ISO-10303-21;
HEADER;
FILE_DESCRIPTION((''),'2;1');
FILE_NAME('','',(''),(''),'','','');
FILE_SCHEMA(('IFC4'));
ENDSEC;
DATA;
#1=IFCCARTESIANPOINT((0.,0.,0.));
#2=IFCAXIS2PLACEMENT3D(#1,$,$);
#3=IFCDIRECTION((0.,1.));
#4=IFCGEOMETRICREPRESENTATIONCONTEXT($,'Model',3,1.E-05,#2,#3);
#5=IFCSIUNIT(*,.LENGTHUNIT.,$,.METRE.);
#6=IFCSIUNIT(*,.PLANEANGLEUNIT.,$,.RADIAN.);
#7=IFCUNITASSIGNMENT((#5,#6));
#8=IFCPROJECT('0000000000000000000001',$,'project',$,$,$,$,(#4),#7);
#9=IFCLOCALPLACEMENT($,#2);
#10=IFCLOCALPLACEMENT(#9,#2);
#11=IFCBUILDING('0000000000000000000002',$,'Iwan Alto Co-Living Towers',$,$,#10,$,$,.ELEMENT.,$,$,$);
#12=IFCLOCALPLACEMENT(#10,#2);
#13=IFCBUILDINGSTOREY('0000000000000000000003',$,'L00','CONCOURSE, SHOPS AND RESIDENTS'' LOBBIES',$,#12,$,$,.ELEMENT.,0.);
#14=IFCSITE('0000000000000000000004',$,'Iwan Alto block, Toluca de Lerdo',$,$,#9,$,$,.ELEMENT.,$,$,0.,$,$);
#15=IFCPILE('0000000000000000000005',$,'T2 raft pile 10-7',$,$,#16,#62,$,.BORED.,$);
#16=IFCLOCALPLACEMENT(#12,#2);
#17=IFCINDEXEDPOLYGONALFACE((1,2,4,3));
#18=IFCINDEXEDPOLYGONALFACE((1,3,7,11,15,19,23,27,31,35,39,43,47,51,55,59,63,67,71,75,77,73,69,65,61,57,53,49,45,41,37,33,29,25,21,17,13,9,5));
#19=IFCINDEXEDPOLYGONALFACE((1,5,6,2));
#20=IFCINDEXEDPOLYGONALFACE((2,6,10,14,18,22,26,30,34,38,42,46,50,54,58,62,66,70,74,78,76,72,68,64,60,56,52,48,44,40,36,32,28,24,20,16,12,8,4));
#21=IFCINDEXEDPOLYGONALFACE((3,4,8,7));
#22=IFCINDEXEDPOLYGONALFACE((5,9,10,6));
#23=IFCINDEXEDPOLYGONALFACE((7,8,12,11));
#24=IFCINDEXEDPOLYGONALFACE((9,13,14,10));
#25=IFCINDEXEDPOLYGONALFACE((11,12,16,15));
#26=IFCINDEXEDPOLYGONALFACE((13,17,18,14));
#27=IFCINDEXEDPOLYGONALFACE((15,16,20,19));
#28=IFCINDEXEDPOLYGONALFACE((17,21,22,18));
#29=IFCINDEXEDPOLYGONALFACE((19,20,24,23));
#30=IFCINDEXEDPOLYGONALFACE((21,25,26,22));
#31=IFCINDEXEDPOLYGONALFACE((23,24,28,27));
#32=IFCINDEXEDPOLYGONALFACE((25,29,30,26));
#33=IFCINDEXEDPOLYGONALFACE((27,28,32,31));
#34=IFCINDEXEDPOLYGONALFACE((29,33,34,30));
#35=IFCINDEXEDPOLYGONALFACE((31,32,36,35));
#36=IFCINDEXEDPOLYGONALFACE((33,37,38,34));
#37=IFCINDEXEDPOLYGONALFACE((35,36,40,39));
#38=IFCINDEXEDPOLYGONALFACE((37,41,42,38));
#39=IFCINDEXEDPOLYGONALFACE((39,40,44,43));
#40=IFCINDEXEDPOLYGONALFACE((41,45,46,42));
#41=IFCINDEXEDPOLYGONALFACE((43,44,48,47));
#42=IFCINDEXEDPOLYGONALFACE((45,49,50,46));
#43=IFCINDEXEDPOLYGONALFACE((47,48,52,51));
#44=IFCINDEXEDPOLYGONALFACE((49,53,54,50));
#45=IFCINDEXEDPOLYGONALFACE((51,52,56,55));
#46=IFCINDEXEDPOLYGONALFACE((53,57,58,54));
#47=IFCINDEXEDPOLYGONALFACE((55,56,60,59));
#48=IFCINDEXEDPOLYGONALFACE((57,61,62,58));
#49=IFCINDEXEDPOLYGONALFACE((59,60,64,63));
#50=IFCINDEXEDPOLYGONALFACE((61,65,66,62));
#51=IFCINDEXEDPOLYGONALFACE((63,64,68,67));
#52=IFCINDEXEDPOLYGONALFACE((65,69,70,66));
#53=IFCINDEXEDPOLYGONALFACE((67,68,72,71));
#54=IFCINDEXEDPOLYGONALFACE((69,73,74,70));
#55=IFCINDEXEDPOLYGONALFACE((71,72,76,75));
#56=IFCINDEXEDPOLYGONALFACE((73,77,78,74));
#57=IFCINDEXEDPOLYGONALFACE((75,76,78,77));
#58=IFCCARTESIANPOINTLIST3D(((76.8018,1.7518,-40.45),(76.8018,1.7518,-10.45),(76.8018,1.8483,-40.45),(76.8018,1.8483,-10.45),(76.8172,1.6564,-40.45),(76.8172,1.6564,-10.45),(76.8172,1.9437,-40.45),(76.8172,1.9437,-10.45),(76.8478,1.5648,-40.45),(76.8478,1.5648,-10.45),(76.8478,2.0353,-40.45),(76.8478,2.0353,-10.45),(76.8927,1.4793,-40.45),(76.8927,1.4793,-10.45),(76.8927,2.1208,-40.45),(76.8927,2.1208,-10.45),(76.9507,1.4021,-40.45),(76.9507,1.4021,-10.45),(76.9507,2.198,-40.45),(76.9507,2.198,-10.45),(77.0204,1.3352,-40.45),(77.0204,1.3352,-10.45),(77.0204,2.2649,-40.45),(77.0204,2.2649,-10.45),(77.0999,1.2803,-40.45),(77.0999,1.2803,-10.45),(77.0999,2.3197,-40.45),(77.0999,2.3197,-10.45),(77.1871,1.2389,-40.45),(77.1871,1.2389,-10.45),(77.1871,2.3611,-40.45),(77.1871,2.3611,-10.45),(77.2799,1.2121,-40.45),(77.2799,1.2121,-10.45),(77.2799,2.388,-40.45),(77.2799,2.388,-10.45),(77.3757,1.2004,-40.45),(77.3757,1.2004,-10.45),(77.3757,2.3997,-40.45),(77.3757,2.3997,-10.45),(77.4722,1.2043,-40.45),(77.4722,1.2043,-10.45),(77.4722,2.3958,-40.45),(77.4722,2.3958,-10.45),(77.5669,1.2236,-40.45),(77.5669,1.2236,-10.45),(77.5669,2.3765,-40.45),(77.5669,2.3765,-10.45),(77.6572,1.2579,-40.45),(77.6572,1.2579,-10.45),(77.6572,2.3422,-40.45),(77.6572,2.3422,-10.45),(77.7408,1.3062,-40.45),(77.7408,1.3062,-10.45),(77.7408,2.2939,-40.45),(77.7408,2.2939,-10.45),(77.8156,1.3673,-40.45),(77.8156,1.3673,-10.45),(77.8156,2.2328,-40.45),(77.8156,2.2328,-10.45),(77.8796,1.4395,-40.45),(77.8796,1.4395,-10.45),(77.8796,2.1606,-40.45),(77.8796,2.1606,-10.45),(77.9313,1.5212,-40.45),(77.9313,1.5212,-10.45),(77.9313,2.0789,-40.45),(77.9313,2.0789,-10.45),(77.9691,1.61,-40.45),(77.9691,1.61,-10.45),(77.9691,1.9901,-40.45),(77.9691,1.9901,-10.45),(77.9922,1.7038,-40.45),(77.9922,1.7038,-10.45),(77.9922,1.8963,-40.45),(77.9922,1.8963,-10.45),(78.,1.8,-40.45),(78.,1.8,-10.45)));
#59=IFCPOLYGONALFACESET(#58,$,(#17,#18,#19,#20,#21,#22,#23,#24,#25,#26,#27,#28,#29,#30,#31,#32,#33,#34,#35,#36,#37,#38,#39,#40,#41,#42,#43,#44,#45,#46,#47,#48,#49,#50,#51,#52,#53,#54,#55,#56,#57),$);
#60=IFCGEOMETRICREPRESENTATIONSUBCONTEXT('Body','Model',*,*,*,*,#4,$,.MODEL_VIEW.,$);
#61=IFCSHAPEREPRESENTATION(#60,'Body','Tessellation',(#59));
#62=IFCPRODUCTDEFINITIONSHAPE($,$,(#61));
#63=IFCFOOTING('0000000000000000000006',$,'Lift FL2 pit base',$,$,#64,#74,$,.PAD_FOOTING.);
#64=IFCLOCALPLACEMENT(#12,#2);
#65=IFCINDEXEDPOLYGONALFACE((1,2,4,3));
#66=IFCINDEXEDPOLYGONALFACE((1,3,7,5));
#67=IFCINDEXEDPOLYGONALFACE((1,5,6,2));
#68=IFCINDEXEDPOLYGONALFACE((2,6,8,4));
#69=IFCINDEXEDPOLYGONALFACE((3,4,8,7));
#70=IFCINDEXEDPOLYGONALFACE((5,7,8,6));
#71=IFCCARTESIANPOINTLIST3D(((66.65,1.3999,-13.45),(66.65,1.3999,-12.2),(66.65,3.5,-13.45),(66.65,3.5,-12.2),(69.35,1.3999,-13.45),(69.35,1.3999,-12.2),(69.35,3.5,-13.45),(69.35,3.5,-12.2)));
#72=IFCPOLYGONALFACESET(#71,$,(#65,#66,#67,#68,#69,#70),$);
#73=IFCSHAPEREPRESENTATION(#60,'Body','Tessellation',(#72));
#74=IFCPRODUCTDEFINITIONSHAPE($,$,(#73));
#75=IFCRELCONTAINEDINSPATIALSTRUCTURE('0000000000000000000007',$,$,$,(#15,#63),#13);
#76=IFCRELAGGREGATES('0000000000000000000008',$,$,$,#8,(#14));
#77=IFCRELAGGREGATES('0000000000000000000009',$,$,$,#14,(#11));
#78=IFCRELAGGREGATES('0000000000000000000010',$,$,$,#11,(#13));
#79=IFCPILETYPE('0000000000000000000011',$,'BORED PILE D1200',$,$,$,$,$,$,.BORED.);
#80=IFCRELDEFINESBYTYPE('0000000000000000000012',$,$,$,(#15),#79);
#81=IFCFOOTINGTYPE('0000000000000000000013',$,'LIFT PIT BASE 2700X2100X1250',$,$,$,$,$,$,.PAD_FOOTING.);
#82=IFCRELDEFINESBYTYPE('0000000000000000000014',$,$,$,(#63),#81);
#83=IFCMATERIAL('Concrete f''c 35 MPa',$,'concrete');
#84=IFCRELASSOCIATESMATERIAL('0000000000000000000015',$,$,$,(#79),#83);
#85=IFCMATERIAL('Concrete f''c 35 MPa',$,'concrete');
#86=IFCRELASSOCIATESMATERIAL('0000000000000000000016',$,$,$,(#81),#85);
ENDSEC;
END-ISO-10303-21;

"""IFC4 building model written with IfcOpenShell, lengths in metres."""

from ifc_helpers import new_model, si_unit, direction, frame, origin, origin_2d, place, context, subcontext, project, spatial, rectangle, circle, extrude, material, material_profile, profile_set, type_object, element, save


model = new_model("IFC4")

# Units and contexts
model_context = context("Model", 3, precision=1e-05, world=origin(), true_north=direction((0.0, 1.0)))
body_context = subcontext(model_context, "Body", "Model", "MODEL_VIEW")
ifc_project = project(units=[si_unit("LENGTHUNIT", "METRE"), si_unit("PLANEANGLEUNIT", "RADIAN")], contexts=[model_context])

# Site, building, storey
site_placement = place(None, origin())
site = spatial("IfcSite", under=ifc_project, at=site_placement, Name="Iwan Alto block, Toluca de Lerdo", CompositionType="ELEMENT", RefElevation=0.0)
building_placement = place(site_placement, origin())
building = spatial("IfcBuilding", under=site, at=building_placement, Name="Iwan Alto Co-Living Towers", CompositionType="ELEMENT")
storey_placement = place(building_placement, origin())
storey = spatial("IfcBuildingStorey", under=building, at=storey_placement, Name="L00", Description="CONCOURSE, SHOPS AND RESIDENTS' LOBBIES", CompositionType="ELEMENT", Elevation=0.0)

# Pile
ifc_material_1 = material(Name="Concrete f'c 35 MPa", Category="concrete")
ifc_material_profile = material_profile(ifc_material_1, circle(Radius=0.6001, at=origin_2d()), Name="D1200")
ifc_profile_set = profile_set([ifc_material_profile], Name="Concrete f'c 35 MPa")
pile_type = type_object("IfcPileType", Name="BORED PILE D1200", PredefinedType="BORED", material=ifc_profile_set)
for number, where, z_axis, x_axis, name in (
    (1, (77.3999, 1.8, -10.45), (0.0, 0.0, -1.0), (1.0, 0.0, 0.0), "T2 raft pile 10-7"),
):
    element("IfcPile", number, at=place(storey_placement, frame(where, z_axis=z_axis, x_axis=x_axis)), inside=storey, type_object=pile_type, Name=name, PredefinedType="BORED", context=body_context, shape_type="SweptSolid", body=[
        extrude(circle(Radius=0.6001, at=origin_2d()), origin(), (0.0, 0.0, 1.0), 30.0),
    ])

# Footing
ifc_material_2 = material(Name="Concrete f'c 35 MPa", Category="concrete")
footing_type = type_object("IfcFootingType", Name="LIFT PIT BASE 2700X2100X1250", PredefinedType="PAD_FOOTING", material=ifc_material_2)
footing_placement = place(storey_placement, frame((68.0, 2.45, -13.45), z_axis=(0.0, 0.0, 1.0), x_axis=(1.0, 0.0, 0.0)))
element("IfcFooting", 2, at=footing_placement, inside=storey, type_object=footing_type, Name="Lift FL2 pit base", PredefinedType="PAD_FOOTING", context=body_context, shape_type="SweptSolid", body=[
    extrude(rectangle(XDim=2.7, YDim=2.1001, at=origin_2d()), origin(), (0.0, 0.0, 1.0), 1.25),
])

save(model, "model.ifc")
